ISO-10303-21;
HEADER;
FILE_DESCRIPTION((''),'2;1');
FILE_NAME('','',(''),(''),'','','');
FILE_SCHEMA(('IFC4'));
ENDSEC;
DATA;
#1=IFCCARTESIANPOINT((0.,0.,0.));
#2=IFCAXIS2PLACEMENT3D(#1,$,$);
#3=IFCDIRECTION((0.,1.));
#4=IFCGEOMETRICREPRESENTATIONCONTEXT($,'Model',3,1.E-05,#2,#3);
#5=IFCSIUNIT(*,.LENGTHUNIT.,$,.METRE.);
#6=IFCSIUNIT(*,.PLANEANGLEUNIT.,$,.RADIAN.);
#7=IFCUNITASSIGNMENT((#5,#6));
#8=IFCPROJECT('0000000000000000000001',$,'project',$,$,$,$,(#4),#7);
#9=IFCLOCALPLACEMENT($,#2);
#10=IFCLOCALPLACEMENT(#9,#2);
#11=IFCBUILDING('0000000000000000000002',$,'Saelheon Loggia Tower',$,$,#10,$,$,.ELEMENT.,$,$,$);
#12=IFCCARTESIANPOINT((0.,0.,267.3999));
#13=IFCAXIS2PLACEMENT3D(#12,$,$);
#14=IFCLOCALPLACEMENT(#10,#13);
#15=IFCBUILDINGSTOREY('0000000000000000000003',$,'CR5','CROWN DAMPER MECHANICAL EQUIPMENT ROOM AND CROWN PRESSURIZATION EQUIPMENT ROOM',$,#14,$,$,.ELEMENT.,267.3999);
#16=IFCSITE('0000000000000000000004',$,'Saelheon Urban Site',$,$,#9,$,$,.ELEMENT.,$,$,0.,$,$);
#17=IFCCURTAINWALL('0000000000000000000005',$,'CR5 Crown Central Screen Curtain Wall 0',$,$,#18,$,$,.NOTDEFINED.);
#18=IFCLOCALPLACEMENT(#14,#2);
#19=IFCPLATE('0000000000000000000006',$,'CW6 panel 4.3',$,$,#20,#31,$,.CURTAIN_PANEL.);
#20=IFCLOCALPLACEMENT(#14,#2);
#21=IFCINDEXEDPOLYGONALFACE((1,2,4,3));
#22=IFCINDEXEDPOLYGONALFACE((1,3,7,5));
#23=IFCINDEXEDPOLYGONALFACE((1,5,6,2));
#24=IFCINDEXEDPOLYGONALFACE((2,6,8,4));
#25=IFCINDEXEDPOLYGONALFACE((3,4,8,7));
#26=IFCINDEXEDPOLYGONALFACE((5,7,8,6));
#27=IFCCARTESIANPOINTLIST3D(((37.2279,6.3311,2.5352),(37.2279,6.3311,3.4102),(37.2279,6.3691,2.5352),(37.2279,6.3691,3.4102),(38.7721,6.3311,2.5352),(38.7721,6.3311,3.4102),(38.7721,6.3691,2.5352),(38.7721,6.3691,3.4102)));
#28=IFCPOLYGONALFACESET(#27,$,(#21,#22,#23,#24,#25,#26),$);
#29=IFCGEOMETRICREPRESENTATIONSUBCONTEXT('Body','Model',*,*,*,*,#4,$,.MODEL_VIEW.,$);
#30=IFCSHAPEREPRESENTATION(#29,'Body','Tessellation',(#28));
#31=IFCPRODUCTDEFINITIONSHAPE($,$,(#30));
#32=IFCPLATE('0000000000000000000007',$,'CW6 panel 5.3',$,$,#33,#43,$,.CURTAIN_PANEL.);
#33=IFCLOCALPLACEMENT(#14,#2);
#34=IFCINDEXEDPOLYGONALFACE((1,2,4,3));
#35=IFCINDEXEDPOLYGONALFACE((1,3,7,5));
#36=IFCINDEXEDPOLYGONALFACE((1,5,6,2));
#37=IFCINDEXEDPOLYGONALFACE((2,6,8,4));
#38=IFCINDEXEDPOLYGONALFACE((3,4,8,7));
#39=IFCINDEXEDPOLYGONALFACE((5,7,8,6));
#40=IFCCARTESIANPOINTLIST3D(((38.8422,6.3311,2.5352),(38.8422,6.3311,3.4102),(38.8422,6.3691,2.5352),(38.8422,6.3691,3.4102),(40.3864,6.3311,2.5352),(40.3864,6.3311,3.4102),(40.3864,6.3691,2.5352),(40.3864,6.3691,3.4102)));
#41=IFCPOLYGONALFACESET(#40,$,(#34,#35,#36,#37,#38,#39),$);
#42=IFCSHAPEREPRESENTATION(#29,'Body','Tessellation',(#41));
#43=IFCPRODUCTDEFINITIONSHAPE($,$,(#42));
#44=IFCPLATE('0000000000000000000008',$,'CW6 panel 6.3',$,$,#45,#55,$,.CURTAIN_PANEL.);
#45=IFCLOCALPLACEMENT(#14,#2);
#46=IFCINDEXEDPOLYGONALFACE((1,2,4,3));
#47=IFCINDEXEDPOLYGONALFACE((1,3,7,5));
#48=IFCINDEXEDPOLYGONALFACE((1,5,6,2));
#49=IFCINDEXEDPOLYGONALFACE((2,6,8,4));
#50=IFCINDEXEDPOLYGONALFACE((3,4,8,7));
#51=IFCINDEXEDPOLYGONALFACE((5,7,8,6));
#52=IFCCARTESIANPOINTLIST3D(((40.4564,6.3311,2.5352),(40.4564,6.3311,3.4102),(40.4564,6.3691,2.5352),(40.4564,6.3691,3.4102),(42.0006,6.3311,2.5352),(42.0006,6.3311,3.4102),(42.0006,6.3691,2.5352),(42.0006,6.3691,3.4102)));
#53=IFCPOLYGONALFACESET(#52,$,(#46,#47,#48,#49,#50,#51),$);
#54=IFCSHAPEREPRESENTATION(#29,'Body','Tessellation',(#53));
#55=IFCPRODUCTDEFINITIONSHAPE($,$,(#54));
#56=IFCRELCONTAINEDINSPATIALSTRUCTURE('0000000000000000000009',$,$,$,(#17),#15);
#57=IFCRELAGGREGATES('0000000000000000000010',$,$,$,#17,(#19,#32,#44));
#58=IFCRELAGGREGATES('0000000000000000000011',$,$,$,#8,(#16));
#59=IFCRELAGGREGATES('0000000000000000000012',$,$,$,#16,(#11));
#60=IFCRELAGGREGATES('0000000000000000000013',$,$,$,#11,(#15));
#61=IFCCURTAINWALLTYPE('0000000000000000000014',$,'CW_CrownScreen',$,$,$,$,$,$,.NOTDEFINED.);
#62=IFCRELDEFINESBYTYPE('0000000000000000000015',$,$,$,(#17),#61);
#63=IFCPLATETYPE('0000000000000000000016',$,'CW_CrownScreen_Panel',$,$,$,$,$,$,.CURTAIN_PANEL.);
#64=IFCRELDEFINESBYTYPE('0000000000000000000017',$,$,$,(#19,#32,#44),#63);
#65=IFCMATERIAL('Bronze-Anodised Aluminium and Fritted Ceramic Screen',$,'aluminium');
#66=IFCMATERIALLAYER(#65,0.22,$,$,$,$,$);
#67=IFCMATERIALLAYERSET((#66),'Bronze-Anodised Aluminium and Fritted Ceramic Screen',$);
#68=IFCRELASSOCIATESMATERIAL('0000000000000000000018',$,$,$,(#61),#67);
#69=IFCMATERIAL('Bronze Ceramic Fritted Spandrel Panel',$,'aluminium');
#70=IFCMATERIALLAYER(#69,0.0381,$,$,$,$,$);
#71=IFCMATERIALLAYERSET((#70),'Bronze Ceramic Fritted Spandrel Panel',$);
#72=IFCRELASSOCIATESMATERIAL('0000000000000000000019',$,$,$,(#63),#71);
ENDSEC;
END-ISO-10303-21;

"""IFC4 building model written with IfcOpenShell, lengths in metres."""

from ifc_helpers import new_model, si_unit, direction, frame, origin, origin_2d, place, context, subcontext, project, spatial, rectangle, extrude, source, transform, mapped, material, layer, layer_set, type_object, element, aggregate, save


model = new_model("IFC4")

# Units and contexts
model_context = context("Model", 3, precision=1e-05, world=origin(), true_north=direction((0.0, 1.0)))
body_context = subcontext(model_context, "Body", "Model", "MODEL_VIEW")
ifc_project = project(units=[si_unit("LENGTHUNIT", "METRE"), si_unit("PLANEANGLEUNIT", "RADIAN")], contexts=[model_context])

# Site, building, storey
site_placement = place(None, origin())
site = spatial("IfcSite", under=ifc_project, at=site_placement, Name="Saelheon Urban Site", CompositionType="ELEMENT", RefElevation=0.0)
building_placement = place(site_placement, origin())
building = spatial("IfcBuilding", under=site, at=building_placement, Name="Saelheon Loggia Tower", CompositionType="ELEMENT")
storey_placement = place(building_placement, frame((0.0, 0.0, 267.3999)))
storey = spatial("IfcBuildingStorey", under=building, at=storey_placement, Name="CR5", Description="CROWN DAMPER MECHANICAL EQUIPMENT ROOM AND CROWN PRESSURIZATION EQUIPMENT ROOM", CompositionType="ELEMENT", Elevation=267.3999)

# Curtain wall, plates
ifc_material_1 = material(Name="Bronze-Anodised Aluminium and Fritted Ceramic Screen", Category="aluminium")
ifc_layer_1 = layer(ifc_material_1, 0.22)
ifc_layer_set_1 = layer_set([ifc_layer_1], Name="Bronze-Anodised Aluminium and Fritted Ceramic Screen")
curtain_wall_type = type_object("IfcCurtainWallType", Name="CW_CrownScreen", PredefinedType="NOTDEFINED", material=ifc_layer_set_1)
curtain_wall_placement = place(storey_placement, origin())
curtain_wall = element("IfcCurtainWall", 1, at=curtain_wall_placement, inside=storey, type_object=curtain_wall_type, Name="CR5 Crown Central Screen Curtain Wall 0", PredefinedType="NOTDEFINED")
ifc_material_2 = material(Name="Bronze Ceramic Fritted Spandrel Panel", Category="aluminium")
ifc_layer_2 = layer(ifc_material_2, 0.0381)
ifc_layer_set_2 = layer_set([ifc_layer_2], Name="Bronze Ceramic Fritted Spandrel Panel")
plate_type = type_object("IfcPlateType", Name="CW_CrownScreen_Panel", PredefinedType="CURTAIN_PANEL", material=ifc_layer_set_2)
shared_shape_1 = source(origin(), body_context, "Body", "SweptSolid", [
    extrude(rectangle(XDim=1.5442, YDim=0.0381, at=origin_2d()), origin(), (0.0, 0.0, 1.0), 0.875),
])
plate_1_placement = place(storey_placement, frame((38.0, 6.3501, 2.5352), z_axis=(0.0, 0.0, 1.0), x_axis=(1.0, 0.0, 0.0)))
plate_1 = element("IfcPlate", 2, at=plate_1_placement, type_object=plate_type, Name="CW6 panel 4.3", PredefinedType="CURTAIN_PANEL", context=body_context, shape_type="MappedRepresentation", body=[
    mapped(shared_shape_1, transform((0.0, 0.0, 0.0), scale=1.0)),
])
plate_2_placement = place(storey_placement, frame((39.6143, 6.3501, 2.5352), z_axis=(0.0, 0.0, 1.0), x_axis=(1.0, 0.0, 0.0)))
plate_2 = element("IfcPlate", 3, at=plate_2_placement, type_object=plate_type, Name="CW6 panel 5.3", PredefinedType="CURTAIN_PANEL", context=body_context, shape_type="MappedRepresentation", body=[
    mapped(shared_shape_1, transform((0.0, 0.0, 0.0), scale=1.0)),
])
plate_3_placement = place(storey_placement, frame((41.2285, 6.3501, 2.5352), z_axis=(0.0, 0.0, 1.0), x_axis=(1.0, 0.0, 0.0)))
plate_3 = element("IfcPlate", 4, at=plate_3_placement, type_object=plate_type, Name="CW6 panel 6.3", PredefinedType="CURTAIN_PANEL", context=body_context, shape_type="MappedRepresentation", body=[
    mapped(shared_shape_1, transform((0.0, 0.0, 0.0), scale=1.0)),
])
aggregate(curtain_wall, [plate_1, plate_2, plate_3])

save(model, "model.ifc")
